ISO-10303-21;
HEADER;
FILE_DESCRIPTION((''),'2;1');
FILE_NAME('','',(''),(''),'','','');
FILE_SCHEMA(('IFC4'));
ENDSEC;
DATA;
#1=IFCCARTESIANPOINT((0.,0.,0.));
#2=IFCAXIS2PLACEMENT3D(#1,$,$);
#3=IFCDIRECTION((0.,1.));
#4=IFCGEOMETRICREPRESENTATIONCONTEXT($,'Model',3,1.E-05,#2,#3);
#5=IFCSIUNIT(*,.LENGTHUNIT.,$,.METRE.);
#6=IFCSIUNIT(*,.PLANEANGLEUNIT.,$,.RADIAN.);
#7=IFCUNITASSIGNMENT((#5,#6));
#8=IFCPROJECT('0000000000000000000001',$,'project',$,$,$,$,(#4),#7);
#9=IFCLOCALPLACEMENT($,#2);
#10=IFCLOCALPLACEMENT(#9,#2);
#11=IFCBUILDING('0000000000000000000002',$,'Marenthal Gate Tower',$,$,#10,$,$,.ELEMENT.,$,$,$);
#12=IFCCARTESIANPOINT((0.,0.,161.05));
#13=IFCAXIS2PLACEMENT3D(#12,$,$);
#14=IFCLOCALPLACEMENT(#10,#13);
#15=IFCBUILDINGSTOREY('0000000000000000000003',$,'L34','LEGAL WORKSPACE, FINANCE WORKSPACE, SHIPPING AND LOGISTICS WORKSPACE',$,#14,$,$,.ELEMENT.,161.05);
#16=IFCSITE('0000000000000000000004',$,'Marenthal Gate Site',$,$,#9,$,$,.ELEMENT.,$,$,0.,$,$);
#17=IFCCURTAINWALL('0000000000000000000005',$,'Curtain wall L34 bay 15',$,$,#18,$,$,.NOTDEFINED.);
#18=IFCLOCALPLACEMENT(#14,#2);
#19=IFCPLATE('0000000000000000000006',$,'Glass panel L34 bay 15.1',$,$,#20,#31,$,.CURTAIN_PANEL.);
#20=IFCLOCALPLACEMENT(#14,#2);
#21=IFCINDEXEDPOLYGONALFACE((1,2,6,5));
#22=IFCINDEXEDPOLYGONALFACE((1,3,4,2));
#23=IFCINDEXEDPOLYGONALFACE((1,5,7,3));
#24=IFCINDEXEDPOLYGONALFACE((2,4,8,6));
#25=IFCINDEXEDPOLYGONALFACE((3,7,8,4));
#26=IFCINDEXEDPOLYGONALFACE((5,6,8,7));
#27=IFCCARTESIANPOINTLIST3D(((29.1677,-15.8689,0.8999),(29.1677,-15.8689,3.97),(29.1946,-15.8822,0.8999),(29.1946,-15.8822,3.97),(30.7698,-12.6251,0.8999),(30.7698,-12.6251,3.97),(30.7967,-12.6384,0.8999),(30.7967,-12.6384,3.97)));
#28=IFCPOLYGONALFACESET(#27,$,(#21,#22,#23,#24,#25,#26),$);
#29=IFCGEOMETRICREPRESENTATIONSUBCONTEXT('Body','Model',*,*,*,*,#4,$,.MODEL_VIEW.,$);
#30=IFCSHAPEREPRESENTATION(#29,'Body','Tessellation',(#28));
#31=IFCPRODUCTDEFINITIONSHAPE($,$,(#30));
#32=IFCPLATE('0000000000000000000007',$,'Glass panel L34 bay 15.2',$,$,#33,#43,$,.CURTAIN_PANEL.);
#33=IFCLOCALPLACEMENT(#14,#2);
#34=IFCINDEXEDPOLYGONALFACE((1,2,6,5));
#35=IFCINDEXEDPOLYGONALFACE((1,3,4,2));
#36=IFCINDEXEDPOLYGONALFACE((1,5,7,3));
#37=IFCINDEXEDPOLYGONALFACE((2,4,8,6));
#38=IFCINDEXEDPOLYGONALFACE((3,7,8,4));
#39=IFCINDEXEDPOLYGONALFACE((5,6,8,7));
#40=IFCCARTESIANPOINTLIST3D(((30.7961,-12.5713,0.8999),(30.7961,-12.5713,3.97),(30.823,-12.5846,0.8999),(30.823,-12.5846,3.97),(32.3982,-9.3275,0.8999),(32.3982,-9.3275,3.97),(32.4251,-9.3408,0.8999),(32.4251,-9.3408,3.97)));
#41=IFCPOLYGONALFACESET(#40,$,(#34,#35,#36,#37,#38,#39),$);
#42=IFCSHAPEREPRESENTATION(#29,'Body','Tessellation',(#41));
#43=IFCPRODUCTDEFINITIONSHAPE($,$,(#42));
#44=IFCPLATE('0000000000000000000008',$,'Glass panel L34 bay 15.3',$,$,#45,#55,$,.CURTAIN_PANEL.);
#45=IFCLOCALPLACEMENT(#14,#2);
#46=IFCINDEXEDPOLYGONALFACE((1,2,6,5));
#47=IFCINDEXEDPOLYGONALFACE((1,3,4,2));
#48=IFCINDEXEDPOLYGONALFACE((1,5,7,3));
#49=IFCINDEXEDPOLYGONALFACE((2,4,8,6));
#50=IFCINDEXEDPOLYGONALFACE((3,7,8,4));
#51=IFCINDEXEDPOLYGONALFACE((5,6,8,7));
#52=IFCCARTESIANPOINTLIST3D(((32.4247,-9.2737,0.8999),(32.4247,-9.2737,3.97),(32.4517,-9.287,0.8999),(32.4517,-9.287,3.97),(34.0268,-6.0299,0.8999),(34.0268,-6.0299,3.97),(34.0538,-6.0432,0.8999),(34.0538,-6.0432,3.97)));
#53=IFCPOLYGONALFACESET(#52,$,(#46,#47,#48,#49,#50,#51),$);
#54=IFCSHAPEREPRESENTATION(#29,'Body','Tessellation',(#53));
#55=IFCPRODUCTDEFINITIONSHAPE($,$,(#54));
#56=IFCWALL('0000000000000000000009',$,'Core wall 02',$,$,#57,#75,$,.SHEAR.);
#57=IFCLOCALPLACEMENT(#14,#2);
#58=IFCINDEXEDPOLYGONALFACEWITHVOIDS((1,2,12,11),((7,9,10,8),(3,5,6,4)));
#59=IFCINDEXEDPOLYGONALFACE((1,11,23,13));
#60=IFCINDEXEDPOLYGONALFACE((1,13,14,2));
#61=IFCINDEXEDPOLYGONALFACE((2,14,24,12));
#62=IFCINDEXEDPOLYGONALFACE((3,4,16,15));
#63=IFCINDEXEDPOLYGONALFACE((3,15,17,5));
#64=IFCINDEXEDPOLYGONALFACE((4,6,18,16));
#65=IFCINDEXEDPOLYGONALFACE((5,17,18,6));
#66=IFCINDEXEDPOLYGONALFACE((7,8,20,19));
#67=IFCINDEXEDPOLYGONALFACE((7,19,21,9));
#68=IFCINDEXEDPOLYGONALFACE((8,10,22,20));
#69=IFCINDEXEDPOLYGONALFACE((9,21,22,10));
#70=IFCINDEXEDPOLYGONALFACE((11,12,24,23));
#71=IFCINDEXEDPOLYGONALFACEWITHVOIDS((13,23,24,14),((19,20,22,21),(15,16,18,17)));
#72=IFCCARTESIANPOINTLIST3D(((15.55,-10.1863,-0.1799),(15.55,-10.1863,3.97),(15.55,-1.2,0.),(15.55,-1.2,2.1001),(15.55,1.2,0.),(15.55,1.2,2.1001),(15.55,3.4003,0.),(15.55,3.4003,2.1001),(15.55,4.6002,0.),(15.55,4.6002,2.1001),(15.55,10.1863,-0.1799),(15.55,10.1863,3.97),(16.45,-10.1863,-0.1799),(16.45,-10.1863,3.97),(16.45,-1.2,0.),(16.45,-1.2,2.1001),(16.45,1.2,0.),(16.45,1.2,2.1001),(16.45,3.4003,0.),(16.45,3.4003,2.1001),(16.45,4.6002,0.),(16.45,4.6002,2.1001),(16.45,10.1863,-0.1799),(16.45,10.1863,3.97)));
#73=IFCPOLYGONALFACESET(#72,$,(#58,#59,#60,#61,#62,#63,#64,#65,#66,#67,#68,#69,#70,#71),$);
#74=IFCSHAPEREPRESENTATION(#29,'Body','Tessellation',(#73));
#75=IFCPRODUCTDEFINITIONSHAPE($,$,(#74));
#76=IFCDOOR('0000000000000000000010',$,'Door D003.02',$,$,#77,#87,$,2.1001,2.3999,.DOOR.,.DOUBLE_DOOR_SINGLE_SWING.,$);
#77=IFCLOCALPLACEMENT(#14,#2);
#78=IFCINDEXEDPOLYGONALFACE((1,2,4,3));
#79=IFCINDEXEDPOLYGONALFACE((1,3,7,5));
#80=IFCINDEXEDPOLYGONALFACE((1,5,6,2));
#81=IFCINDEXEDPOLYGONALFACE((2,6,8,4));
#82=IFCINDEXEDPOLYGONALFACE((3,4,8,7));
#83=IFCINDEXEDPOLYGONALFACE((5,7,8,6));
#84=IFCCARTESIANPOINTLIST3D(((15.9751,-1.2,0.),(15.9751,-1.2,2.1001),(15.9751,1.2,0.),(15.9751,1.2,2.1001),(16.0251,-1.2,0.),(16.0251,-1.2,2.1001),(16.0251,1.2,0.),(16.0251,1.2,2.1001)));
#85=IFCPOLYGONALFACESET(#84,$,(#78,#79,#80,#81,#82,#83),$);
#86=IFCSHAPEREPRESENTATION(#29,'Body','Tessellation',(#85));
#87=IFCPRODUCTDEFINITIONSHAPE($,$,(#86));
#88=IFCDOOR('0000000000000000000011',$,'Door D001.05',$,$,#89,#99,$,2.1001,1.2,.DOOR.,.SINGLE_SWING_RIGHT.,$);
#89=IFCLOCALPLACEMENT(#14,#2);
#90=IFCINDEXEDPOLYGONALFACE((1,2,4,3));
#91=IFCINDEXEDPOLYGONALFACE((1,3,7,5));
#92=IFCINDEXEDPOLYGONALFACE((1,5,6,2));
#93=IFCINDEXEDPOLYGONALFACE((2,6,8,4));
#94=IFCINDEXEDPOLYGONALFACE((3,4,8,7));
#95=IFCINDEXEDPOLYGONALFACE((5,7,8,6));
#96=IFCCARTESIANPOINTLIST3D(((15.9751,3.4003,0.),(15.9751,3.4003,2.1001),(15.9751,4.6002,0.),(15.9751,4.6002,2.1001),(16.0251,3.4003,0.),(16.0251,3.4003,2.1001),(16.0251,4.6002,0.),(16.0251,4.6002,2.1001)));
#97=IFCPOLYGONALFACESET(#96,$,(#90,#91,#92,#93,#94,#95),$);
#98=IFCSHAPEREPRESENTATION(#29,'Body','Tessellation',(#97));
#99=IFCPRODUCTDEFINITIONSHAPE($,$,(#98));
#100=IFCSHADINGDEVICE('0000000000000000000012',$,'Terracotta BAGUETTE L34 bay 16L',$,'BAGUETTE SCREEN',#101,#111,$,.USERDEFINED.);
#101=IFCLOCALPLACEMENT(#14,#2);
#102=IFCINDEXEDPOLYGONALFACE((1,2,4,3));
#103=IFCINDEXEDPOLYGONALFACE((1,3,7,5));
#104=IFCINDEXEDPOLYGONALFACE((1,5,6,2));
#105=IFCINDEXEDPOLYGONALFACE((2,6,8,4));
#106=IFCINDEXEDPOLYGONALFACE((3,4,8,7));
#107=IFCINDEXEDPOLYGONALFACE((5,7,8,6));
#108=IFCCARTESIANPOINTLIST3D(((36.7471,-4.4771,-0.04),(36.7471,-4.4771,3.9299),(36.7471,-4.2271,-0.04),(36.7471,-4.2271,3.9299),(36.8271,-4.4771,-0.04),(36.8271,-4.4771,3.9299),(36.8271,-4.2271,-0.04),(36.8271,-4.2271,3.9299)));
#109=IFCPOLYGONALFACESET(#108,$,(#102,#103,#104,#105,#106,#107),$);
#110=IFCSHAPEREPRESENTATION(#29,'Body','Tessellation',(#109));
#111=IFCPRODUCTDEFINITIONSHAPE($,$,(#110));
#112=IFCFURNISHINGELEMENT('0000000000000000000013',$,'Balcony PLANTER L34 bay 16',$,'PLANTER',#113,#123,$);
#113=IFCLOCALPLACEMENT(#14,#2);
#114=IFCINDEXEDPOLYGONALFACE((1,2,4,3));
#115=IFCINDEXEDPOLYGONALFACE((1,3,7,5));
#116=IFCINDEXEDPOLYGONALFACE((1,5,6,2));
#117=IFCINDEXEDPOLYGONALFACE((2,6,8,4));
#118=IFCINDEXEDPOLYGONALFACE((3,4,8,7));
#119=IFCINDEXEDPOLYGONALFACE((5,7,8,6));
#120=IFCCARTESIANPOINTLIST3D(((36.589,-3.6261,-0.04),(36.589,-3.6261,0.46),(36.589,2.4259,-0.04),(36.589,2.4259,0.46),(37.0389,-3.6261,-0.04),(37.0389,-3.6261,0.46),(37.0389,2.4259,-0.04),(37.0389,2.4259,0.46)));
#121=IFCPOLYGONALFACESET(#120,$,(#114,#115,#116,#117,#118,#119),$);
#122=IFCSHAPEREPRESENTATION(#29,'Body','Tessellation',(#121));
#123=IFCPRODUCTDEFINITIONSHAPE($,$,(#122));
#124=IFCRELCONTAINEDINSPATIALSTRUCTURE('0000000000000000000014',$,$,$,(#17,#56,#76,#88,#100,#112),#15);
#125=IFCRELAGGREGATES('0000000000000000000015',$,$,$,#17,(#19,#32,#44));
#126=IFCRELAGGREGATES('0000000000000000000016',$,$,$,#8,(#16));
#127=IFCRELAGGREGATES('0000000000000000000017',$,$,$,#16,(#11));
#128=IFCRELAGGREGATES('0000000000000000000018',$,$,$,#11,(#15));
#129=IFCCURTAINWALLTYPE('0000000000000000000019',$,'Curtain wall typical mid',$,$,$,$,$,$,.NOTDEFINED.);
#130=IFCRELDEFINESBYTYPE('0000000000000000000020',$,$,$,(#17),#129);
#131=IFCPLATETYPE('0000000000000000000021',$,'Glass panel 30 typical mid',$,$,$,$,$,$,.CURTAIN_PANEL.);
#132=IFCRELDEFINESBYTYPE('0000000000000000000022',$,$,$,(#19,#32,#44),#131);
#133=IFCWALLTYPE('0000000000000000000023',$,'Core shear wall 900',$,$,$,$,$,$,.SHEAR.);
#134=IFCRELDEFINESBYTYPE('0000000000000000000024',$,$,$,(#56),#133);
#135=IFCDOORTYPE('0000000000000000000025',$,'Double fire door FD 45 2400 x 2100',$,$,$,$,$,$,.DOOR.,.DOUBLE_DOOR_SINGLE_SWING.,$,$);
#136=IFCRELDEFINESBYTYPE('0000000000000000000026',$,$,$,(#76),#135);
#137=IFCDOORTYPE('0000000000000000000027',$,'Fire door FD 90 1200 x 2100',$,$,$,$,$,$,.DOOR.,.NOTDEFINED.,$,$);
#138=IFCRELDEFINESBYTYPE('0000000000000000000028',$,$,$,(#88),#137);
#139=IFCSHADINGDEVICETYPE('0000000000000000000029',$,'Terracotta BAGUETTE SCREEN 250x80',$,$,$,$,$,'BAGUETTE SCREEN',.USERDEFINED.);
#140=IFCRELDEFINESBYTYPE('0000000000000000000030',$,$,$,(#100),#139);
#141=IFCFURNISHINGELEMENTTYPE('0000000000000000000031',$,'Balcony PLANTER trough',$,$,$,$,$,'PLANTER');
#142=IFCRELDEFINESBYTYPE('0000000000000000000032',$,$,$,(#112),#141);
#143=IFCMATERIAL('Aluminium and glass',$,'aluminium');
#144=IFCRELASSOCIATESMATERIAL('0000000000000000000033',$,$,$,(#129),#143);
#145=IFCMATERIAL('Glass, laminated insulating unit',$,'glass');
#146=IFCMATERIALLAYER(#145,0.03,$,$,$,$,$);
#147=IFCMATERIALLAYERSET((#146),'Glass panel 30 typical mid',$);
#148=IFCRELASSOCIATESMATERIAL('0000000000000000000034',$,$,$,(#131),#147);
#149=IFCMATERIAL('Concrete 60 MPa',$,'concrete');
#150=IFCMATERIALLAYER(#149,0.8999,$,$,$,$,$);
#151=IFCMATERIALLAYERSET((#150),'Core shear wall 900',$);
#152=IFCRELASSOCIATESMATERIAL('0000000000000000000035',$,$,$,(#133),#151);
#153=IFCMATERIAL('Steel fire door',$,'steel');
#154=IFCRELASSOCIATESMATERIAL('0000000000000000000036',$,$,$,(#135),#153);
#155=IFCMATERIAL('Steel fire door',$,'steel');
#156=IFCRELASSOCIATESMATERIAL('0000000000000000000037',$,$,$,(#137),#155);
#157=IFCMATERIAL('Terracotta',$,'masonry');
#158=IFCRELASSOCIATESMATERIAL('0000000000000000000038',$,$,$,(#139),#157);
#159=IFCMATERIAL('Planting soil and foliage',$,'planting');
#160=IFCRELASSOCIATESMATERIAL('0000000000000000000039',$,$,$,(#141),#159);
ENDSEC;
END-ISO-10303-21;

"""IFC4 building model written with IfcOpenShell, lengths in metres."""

from ifc_helpers import new_model, si_unit, direction, frame, frame_2d, origin, origin_2d, place, context, subcontext, project, spatial, rectangle, extrude, material, layer, layer_set, material_profile, profile_set, type_object, element, fill, aggregate, save


model = new_model("IFC4")

# Units and contexts
model_context = context("Model", 3, precision=1e-05, world=origin(), true_north=direction((0.0, 1.0)))
body_context = subcontext(model_context, "Body", "Model", "MODEL_VIEW")
ifc_project = project(units=[si_unit("LENGTHUNIT", "METRE"), si_unit("PLANEANGLEUNIT", "RADIAN")], contexts=[model_context])

# Site, building, storey
site_placement = place(None, origin())
site = spatial("IfcSite", under=ifc_project, at=site_placement, Name="Marenthal Gate Site", CompositionType="ELEMENT", RefElevation=0.0)
building_placement = place(site_placement, origin())
building = spatial("IfcBuilding", under=site, at=building_placement, Name="Marenthal Gate Tower", CompositionType="ELEMENT")
storey_placement = place(building_placement, frame((0.0, 0.0, 161.05)))
storey = spatial("IfcBuildingStorey", under=building, at=storey_placement, Name="L34", Description="LEGAL WORKSPACE, FINANCE WORKSPACE, SHIPPING AND LOGISTICS WORKSPACE", CompositionType="ELEMENT", Elevation=161.05)

# Curtain wall
ifc_material_1 = material(Name="Aluminium and glass", Category="aluminium")
curtain_wall_type = type_object("IfcCurtainWallType", Name="Curtain wall typical mid", PredefinedType="NOTDEFINED", material=ifc_material_1)
curtain_wall_placement = place(storey_placement, origin())
curtain_wall = element("IfcCurtainWall", 1, at=curtain_wall_placement, inside=storey, type_object=curtain_wall_type, Name="Curtain wall L34 bay 15", PredefinedType="NOTDEFINED")

# Plates
ifc_material_2 = material(Name="Glass, laminated insulating unit", Category="glass")
ifc_layer_1 = layer(ifc_material_2, 0.03)
ifc_layer_set_1 = layer_set([ifc_layer_1], Name="Glass panel 30 typical mid")
plate_type = type_object("IfcPlateType", Name="Glass panel 30 typical mid", PredefinedType="CURTAIN_PANEL", material=ifc_layer_set_1)
plate_1_placement = place(storey_placement, frame((29.9822, -14.2537, 0.8999), z_axis=(0.0, 0.0, 1.0), x_axis=(0.442824, 0.896609, 0.0)))
plate_1 = element("IfcPlate", 2, at=plate_1_placement, type_object=plate_type, Name="Glass panel L34 bay 15.1", PredefinedType="CURTAIN_PANEL", context=body_context, shape_type="SweptSolid", body=[
    extrude(rectangle(XDim=3.6179, YDim=0.03, at=origin_2d()), origin(), (0.0, 0.0, 1.0), 3.0701),
])
plate_2_placement = place(storey_placement, frame((31.6106, -10.9561, 0.8999), z_axis=(0.0, 0.0, 1.0), x_axis=(0.442824, 0.896609, 0.0)))
plate_2 = element("IfcPlate", 3, at=plate_2_placement, type_object=plate_type, Name="Glass panel L34 bay 15.2", PredefinedType="CURTAIN_PANEL", context=body_context, shape_type="SweptSolid", body=[
    extrude(rectangle(XDim=3.6179, YDim=0.03, at=origin_2d()), origin(), (0.0, 0.0, 1.0), 3.0701),
])
plate_3_placement = place(storey_placement, frame((33.2393, -7.6584, 0.8999), z_axis=(0.0, 0.0, 1.0), x_axis=(0.442824, 0.896609, 0.0)))
plate_3 = element("IfcPlate", 4, at=plate_3_placement, type_object=plate_type, Name="Glass panel L34 bay 15.3", PredefinedType="CURTAIN_PANEL", context=body_context, shape_type="SweptSolid", body=[
    extrude(rectangle(XDim=3.6179, YDim=0.03, at=origin_2d()), origin(), (0.0, 0.0, 1.0), 3.0701),
])
aggregate(curtain_wall, [plate_1, plate_2, plate_3])

# Wall, openings, doors
ifc_material_3 = material(Name="Concrete 60 MPa", Category="concrete")
ifc_layer_2 = layer(ifc_material_3, 0.8999)
ifc_layer_set_2 = layer_set([ifc_layer_2], Name="Core shear wall 900")
wall_type_1 = type_object("IfcWallType", Name="Core shear wall 900", PredefinedType="SHEAR", material=ifc_layer_set_2)
wall_1_placement = place(storey_placement, frame((16.0, -10.1863, -0.1799), z_axis=(0.0, 0.0, 1.0), x_axis=(0.0, 1.0, 0.0)))
wall_1 = element("IfcWall", 5, at=wall_1_placement, inside=storey, type_object=wall_type_1, Name="Core wall 02", PredefinedType="SHEAR", context=body_context, shape_type="SweptSolid", body=[
    extrude(rectangle(XDim=20.3726, YDim=0.8999, at=frame_2d((10.1863, 0.0))), origin(), (0.0, 0.0, 1.0), 4.1499),
])
opening_1_placement = place(wall_1_placement, frame((8.9863, 0.0, 0.1799)))
opening_1 = element("IfcOpeningElement", 6, at=opening_1_placement, cuts=wall_1, PredefinedType="OPENING", context=body_context, shape_type="SweptSolid", body=[
    extrude(rectangle(XDim=2.3999, YDim=2.1001, at=frame_2d((1.2, 1.05))), frame((0.0, 0.46, 0.0), z_axis=(0.0, -1.0, 0.0), x_axis=(1.0, 0.0, 0.0)), (0.0, 0.0, 1.0), 0.9199),
])
opening_2_placement = place(wall_1_placement, frame((13.5864, 0.0, 0.1799)))
opening_2 = element("IfcOpeningElement", 7, at=opening_2_placement, cuts=wall_1, PredefinedType="OPENING", context=body_context, shape_type="SweptSolid", body=[
    extrude(rectangle(XDim=1.2, YDim=2.1001, at=frame_2d((0.6001, 1.05))), frame((0.0, 0.46, 0.0), z_axis=(0.0, -1.0, 0.0), x_axis=(1.0, 0.0, 0.0)), (0.0, 0.0, 1.0), 0.9199),
])
ifc_material_4 = material(Name="Steel fire door", Category="steel")
door_type_1 = type_object("IfcDoorType", Name="Double fire door FD 45 2400 x 2100", OperationType="DOUBLE_DOOR_SINGLE_SWING", PredefinedType="DOOR", material=ifc_material_4)
door_1_placement = place(opening_1_placement, origin())
door_1 = element("IfcDoor", 8, at=door_1_placement, inside=storey, type_object=door_type_1, Name="Door D003.02", OperationType="DOUBLE_DOOR_SINGLE_SWING", OverallHeight=2.1001, OverallWidth=2.3999, PredefinedType="DOOR", context=body_context, shape_type="SweptSolid", body=[
    extrude(rectangle(XDim=2.3999, YDim=2.1001, at=frame_2d((1.2, 1.05))), frame((0.0, 0.0249, 0.0), z_axis=(0.0, -1.0, 0.0), x_axis=(1.0, 0.0, 0.0)), (0.0, 0.0, 1.0), 0.05),
])
fill(opening_1, door_1)
ifc_material_5 = material(Name="Steel fire door", Category="steel")
door_type_2 = type_object("IfcDoorType", Name="Fire door FD 90 1200 x 2100", OperationType="NOTDEFINED", PredefinedType="DOOR", material=ifc_material_5)
door_2_placement = place(opening_2_placement, origin())
door_2 = element("IfcDoor", 9, at=door_2_placement, inside=storey, type_object=door_type_2, Name="Door D001.05", OperationType="SINGLE_SWING_RIGHT", OverallHeight=2.1001, OverallWidth=1.2, PredefinedType="DOOR", context=body_context, shape_type="SweptSolid", body=[
    extrude(rectangle(XDim=1.2, YDim=2.1001, at=frame_2d((0.6001, 1.05))), frame((0.0, 0.0249, 0.0), z_axis=(0.0, -1.0, 0.0), x_axis=(1.0, 0.0, 0.0)), (0.0, 0.0, 1.0), 0.05),
])
fill(opening_2, door_2)

# Shading device
ifc_material_6 = material(Name="Terracotta", Category="masonry")
ifc_material_profile_1 = material_profile(ifc_material_6, rectangle(XDim=0.25, YDim=0.0801, at=origin_2d()), Name="Terracotta baguette 250x80")
ifc_profile_set_1 = profile_set([ifc_material_profile_1], Name="Terracotta")
shading_device_type = type_object("IfcShadingDeviceType", Name="Terracotta BAGUETTE SCREEN 250x80", ElementType="BAGUETTE SCREEN", PredefinedType="USERDEFINED", material=ifc_profile_set_1)
shading_device_placement = place(storey_placement, frame((36.7871, -4.3521, -0.04), z_axis=(0.0, 0.0, 1.0), x_axis=(0.0, 1.0, 0.0)))
element("IfcShadingDevice", 10, at=shading_device_placement, inside=storey, type_object=shading_device_type, Name="Terracotta BAGUETTE L34 bay 16L", ObjectType="BAGUETTE SCREEN", PredefinedType="USERDEFINED", context=body_context, shape_type="SweptSolid", body=[
    extrude(rectangle(XDim=0.25, YDim=0.0801, at=origin_2d()), origin(), (0.0, 0.0, 1.0), 3.97),
])

# Furnishing element
ifc_material_7 = material(Name="Planting soil and foliage", Category="planting")
furnishing_element_type = type_object("IfcFurnishingElementType", Name="Balcony PLANTER trough", ElementType="PLANTER", material=ifc_material_7)
furnishing_placement = place(storey_placement, frame((36.814, -0.6001, -0.04), z_axis=(0.0, 0.0, 1.0), x_axis=(0.0, 1.0, 0.0)))
element("IfcFurnishingElement", 11, at=furnishing_placement, inside=storey, type_object=furnishing_element_type, Name="Balcony PLANTER L34 bay 16", ObjectType="PLANTER", context=body_context, shape_type="SweptSolid", body=[
    extrude(rectangle(XDim=6.052, YDim=0.45, at=origin_2d()), origin(), (0.0, 0.0, 1.0), 0.5),
])

save(model, "model.ifc")
